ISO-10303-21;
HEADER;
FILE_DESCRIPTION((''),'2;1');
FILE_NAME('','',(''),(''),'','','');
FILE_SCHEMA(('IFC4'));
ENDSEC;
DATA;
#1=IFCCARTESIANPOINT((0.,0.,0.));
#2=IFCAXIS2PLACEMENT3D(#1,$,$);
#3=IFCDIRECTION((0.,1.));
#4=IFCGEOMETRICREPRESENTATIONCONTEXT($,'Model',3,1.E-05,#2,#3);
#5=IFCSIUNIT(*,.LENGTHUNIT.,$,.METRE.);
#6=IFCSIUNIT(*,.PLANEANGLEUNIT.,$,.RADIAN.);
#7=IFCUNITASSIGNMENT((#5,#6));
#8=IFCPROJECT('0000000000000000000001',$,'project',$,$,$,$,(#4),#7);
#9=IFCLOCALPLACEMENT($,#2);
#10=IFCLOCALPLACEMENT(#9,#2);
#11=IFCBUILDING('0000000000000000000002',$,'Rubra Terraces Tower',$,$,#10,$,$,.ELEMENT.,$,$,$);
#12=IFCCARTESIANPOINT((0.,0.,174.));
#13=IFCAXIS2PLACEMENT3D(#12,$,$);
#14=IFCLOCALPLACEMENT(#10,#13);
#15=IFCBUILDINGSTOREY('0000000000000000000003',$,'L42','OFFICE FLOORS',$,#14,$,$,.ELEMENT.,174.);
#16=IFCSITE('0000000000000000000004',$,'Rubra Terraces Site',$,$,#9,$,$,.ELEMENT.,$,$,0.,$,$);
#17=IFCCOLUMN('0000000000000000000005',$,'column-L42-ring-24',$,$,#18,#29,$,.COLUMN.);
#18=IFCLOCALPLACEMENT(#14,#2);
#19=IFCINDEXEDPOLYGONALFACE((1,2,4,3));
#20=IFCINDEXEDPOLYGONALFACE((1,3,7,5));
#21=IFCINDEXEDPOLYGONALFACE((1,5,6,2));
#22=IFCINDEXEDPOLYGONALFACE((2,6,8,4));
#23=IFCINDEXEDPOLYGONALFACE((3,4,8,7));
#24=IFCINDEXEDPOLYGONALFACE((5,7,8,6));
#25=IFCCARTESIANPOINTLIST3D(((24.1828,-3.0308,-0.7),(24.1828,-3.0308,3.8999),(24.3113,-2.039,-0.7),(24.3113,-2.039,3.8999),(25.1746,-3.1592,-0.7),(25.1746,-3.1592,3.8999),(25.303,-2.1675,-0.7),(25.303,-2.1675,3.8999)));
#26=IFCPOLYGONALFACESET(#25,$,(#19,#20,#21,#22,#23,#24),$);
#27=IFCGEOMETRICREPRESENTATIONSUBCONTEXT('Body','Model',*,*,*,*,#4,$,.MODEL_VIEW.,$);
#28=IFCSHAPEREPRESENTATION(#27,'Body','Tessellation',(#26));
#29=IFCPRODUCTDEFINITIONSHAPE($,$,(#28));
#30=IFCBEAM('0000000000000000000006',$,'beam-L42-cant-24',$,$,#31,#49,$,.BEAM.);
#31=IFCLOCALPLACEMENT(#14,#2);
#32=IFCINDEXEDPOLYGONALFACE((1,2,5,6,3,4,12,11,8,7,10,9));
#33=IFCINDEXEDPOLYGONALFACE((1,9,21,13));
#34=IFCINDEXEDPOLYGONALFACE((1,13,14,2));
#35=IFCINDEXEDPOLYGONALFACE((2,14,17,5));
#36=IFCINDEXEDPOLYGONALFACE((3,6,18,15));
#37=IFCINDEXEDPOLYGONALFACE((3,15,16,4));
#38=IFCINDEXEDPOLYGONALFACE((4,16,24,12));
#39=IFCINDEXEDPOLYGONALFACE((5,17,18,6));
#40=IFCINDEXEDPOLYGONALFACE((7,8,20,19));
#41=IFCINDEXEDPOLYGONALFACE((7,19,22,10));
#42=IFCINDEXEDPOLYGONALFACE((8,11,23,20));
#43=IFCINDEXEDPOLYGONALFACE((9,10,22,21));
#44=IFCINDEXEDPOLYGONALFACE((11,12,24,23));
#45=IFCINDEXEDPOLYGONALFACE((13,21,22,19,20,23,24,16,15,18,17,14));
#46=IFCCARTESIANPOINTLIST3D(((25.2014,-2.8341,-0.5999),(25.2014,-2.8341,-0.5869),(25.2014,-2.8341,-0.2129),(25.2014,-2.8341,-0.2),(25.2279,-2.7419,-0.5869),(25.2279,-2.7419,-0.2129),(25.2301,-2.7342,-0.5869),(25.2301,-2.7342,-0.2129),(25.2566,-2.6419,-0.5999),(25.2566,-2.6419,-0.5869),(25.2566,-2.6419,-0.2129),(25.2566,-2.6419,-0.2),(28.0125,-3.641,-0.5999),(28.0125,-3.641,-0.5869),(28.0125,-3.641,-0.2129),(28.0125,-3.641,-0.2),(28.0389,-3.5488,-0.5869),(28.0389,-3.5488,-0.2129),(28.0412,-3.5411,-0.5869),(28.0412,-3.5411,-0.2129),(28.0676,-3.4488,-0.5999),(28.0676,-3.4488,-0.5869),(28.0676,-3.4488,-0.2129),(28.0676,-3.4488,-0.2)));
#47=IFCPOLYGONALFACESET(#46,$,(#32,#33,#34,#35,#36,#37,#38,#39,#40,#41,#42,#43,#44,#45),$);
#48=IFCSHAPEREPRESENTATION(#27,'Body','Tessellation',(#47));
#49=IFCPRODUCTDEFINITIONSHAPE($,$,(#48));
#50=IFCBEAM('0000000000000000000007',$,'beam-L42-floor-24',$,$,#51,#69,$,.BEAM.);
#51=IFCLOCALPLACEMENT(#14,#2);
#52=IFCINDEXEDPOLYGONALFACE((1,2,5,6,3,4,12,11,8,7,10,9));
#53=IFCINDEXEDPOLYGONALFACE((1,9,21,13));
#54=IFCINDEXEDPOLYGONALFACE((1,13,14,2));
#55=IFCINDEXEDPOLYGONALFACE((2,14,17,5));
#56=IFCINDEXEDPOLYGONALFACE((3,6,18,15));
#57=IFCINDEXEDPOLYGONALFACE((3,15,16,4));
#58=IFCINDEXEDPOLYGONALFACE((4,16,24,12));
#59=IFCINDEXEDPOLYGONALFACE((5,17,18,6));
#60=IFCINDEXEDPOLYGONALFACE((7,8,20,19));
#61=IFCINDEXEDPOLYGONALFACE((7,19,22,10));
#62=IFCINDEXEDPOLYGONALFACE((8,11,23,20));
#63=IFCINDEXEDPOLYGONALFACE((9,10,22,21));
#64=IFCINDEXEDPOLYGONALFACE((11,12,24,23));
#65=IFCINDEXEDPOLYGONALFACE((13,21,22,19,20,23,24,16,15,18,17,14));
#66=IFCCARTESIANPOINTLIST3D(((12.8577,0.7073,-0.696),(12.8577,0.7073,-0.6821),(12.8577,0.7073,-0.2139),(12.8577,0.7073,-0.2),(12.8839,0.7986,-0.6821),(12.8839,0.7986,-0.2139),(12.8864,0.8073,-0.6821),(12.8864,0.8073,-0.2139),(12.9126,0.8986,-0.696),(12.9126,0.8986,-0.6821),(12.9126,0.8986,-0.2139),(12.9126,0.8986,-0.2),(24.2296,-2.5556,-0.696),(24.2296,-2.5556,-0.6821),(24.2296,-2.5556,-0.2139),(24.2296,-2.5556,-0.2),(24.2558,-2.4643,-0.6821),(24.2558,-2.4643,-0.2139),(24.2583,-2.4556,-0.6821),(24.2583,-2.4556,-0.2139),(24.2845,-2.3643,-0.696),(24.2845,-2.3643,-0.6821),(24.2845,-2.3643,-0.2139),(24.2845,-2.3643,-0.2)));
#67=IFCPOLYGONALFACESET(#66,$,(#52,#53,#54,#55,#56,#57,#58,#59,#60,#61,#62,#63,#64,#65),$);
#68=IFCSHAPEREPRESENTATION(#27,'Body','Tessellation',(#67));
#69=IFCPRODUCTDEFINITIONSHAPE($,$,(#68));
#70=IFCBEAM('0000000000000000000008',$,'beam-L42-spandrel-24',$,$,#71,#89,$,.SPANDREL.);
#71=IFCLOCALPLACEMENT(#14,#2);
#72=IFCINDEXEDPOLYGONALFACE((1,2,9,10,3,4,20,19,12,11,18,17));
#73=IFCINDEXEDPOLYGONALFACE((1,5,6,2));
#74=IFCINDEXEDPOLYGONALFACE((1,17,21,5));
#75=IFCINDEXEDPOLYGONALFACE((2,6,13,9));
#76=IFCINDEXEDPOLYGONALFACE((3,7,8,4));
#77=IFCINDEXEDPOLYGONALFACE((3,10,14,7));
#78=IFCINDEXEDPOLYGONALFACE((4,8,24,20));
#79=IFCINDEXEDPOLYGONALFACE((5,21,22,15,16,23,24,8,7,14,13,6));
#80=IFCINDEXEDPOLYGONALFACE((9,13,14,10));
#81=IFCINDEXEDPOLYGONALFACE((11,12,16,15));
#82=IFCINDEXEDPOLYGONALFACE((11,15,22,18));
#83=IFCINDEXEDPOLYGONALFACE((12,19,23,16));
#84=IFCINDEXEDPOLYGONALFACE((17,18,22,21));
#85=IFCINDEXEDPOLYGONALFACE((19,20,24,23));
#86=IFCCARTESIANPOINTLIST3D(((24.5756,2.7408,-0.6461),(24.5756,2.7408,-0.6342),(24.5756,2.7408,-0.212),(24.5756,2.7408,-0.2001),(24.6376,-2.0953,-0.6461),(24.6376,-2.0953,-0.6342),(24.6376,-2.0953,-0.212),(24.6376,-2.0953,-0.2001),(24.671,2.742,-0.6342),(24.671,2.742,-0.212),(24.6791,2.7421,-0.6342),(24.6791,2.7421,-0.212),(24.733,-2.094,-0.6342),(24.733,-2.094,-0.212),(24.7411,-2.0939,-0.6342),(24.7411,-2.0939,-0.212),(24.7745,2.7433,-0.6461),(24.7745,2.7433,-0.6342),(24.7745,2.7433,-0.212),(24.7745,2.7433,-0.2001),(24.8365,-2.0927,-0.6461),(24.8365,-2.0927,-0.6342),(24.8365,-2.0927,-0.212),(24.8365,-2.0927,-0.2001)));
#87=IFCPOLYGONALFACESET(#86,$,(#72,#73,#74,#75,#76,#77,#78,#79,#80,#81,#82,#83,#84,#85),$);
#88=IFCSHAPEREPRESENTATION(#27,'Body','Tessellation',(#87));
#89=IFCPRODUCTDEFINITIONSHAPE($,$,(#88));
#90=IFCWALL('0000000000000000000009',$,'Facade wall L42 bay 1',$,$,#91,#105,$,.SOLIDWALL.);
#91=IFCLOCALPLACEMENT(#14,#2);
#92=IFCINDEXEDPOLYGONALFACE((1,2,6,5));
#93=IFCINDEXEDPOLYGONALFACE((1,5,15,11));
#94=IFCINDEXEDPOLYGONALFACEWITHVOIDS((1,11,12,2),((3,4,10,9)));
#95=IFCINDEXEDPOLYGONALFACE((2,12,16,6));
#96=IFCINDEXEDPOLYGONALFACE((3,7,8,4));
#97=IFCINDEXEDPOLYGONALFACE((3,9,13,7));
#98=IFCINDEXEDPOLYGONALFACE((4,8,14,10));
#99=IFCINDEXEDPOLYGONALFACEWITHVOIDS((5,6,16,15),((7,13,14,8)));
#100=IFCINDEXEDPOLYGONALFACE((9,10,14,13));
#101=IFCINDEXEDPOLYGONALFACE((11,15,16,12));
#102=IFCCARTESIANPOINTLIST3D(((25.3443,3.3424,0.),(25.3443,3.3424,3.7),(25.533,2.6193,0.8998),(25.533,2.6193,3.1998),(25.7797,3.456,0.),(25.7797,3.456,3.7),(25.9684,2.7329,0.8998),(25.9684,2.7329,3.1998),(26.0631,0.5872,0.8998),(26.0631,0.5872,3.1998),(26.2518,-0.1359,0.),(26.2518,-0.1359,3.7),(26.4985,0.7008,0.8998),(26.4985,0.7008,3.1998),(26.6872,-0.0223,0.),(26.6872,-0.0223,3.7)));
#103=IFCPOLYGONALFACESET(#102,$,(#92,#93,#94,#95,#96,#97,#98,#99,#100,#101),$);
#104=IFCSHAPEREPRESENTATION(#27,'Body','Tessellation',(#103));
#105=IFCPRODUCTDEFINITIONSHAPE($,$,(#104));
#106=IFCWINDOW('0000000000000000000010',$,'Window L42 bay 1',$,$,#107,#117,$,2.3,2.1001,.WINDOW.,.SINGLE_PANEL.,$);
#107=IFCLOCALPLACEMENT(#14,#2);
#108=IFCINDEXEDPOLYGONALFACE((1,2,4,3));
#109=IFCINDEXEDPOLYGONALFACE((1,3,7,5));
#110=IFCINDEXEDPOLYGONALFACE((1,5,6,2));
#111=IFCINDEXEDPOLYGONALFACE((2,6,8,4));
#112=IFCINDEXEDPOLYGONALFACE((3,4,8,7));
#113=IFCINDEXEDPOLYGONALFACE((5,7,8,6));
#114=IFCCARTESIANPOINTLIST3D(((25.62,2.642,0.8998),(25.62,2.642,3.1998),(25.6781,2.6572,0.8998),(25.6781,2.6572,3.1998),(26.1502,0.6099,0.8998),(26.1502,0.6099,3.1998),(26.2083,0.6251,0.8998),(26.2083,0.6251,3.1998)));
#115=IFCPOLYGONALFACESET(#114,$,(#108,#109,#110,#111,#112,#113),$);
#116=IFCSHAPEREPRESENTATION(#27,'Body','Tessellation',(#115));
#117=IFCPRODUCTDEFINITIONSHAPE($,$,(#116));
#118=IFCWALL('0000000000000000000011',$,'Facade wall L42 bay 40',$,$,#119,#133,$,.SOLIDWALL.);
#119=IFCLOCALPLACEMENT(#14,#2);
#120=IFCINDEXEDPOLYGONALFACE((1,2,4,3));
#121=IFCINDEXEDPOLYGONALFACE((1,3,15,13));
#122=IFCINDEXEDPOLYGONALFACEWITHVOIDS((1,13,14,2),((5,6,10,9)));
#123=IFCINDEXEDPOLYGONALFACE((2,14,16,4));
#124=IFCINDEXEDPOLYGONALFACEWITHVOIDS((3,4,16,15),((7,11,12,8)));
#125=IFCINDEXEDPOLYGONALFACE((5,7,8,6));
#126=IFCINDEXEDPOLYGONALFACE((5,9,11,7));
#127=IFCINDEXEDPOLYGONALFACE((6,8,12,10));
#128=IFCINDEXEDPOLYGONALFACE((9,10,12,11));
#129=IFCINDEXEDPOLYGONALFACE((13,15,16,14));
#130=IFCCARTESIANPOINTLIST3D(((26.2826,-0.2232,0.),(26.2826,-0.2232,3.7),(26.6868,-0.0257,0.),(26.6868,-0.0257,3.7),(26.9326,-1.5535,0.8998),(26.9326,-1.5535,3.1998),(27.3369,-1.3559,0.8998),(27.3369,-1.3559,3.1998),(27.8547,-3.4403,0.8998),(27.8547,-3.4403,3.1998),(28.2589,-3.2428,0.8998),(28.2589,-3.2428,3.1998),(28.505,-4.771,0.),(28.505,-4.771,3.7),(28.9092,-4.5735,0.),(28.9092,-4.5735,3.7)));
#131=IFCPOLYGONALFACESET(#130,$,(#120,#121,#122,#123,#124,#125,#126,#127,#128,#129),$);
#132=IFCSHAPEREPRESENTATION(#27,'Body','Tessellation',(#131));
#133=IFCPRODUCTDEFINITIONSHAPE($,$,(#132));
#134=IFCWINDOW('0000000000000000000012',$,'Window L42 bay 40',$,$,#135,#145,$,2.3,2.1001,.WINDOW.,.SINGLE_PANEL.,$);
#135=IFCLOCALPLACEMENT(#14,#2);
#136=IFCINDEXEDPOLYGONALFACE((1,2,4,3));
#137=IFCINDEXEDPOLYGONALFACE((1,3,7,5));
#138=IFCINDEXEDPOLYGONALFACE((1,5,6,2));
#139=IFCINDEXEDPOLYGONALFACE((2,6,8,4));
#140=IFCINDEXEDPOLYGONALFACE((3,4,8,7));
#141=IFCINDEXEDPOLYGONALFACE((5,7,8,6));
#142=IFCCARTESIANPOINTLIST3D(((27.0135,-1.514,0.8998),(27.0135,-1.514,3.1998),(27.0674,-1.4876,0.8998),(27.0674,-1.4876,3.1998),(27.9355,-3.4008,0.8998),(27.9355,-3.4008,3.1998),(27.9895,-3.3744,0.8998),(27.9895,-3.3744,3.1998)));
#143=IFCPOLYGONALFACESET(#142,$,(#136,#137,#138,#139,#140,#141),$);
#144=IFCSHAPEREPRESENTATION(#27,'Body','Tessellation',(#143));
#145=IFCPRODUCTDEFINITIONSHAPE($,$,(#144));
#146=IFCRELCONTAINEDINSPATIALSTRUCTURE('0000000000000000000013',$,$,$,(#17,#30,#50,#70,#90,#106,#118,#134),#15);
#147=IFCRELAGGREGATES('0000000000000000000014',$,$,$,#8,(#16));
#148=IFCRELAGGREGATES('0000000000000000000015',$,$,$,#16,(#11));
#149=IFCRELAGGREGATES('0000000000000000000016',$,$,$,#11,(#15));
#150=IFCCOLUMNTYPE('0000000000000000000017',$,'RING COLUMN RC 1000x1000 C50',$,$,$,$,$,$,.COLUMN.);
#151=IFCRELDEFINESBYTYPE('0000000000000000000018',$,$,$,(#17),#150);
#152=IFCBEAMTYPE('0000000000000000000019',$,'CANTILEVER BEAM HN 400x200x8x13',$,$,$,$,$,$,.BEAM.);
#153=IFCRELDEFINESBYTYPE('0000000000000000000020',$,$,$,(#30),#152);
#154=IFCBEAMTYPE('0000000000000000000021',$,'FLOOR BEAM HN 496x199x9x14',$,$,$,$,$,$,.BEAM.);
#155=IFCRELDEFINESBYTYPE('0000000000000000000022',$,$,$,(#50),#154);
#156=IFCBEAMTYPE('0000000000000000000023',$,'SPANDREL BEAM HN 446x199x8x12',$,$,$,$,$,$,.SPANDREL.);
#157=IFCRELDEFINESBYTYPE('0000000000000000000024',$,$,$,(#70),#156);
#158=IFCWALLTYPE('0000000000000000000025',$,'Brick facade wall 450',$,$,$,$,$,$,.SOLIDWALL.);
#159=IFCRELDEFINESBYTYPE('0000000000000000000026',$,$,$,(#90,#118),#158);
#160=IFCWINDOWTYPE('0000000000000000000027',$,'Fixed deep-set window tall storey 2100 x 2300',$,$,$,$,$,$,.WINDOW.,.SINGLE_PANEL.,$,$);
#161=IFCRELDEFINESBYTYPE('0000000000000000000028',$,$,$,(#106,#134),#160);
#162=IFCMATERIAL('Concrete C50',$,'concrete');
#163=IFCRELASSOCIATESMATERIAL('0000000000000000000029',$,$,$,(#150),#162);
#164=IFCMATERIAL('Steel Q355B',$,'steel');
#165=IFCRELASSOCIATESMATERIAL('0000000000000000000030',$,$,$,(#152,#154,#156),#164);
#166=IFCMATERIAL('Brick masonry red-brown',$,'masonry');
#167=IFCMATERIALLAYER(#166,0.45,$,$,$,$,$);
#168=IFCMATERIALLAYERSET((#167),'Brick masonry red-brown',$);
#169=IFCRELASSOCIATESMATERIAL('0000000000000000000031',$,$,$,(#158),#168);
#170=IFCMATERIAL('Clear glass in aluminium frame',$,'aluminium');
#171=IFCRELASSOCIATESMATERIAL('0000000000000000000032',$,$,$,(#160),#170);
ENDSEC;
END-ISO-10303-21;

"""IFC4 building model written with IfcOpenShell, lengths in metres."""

from ifc_helpers import new_model, si_unit, direction, frame, frame_2d, origin, origin_2d, place, context, subcontext, project, spatial, rectangle, i_section, extrude, material, layer, layer_set, material_profile, profile_set, type_object, element, fill, save


model = new_model("IFC4")

# Units and contexts
model_context = context("Model", 3, precision=1e-05, world=origin(), true_north=direction((0.0, 1.0)))
body_context = subcontext(model_context, "Body", "Model", "MODEL_VIEW")
ifc_project = project(units=[si_unit("LENGTHUNIT", "METRE"), si_unit("PLANEANGLEUNIT", "RADIAN")], contexts=[model_context])

# Site, building, storey
site_placement = place(None, origin())
site = spatial("IfcSite", under=ifc_project, at=site_placement, Name="Rubra Terraces Site", CompositionType="ELEMENT", RefElevation=0.0)
building_placement = place(site_placement, origin())
building = spatial("IfcBuilding", under=site, at=building_placement, Name="Rubra Terraces Tower", CompositionType="ELEMENT")
storey_placement = place(building_placement, frame((0.0, 0.0, 174.0)))
storey = spatial("IfcBuildingStorey", under=building, at=storey_placement, Name="L42", Description="OFFICE FLOORS", CompositionType="ELEMENT", Elevation=174.0)

# Column
ifc_material_1 = material(Name="Concrete C50", Category="concrete")
ifc_material_profile_1 = material_profile(ifc_material_1, rectangle(XDim=1.0, YDim=1.0, at=origin_2d()), Name="RC 1000x1000")
ifc_profile_set_1 = profile_set([ifc_material_profile_1], Name="Concrete C50")
column_type = type_object("IfcColumnType", Name="RING COLUMN RC 1000x1000 C50", PredefinedType="COLUMN", material=ifc_profile_set_1)
column_placement = place(storey_placement, frame((24.7429, -2.5991, -0.7), z_axis=(0.0, 0.0, 1.0), x_axis=(0.128444, 0.991717, 0.0)))
element("IfcColumn", 1, at=column_placement, inside=storey, type_object=column_type, Name="column-L42-ring-24", PredefinedType="COLUMN", context=body_context, shape_type="SweptSolid", body=[
    extrude(rectangle(XDim=1.0, YDim=1.0, at=origin_2d()), origin(), (0.0, 0.0, 1.0), 4.5999),
])

# Beams
ifc_material_2 = material(Name="Steel Q355B", Category="steel")
ifc_material_profile_2 = material_profile(ifc_material_2, i_section(OverallWidth=0.2, OverallDepth=0.3999, WebThickness=0.0081, FlangeThickness=0.0129, at=origin_2d()), Name="HN 400x200x8x13")
ifc_profile_set_2 = profile_set([ifc_material_profile_2], Name="Steel Q355B")
beam_type_1 = type_object("IfcBeamType", Name="CANTILEVER BEAM HN 400x200x8x13", PredefinedType="BEAM", material=ifc_profile_set_2)
beam_1_placement = place(storey_placement, frame((25.229, -2.738, -0.3999), z_axis=(0.961186, -0.275901, 0.0), x_axis=(0.275901, 0.961186, 0.0)))
element("IfcBeam", 2, at=beam_1_placement, inside=storey, type_object=beam_type_1, Name="beam-L42-cant-24", PredefinedType="BEAM", context=body_context, shape_type="SweptSolid", body=[
    extrude(i_section(OverallWidth=0.2, OverallDepth=0.3999, WebThickness=0.0081, FlangeThickness=0.0129, at=origin_2d()), origin(), (0.0, 0.0, 1.0), 2.9246),
])
ifc_material_profile_3 = material_profile(ifc_material_2, i_section(OverallWidth=0.199, OverallDepth=0.4961, WebThickness=0.009, FlangeThickness=0.0139, at=origin_2d()), Name="HN 496x199x9x14")
ifc_profile_set_3 = profile_set([ifc_material_profile_3], Name="Steel Q355B")
beam_type_2 = type_object("IfcBeamType", Name="FLOOR BEAM HN 496x199x9x14", PredefinedType="BEAM", material=ifc_profile_set_3)
beam_2_placement = place(storey_placement, frame((24.2571, -2.46, -0.448), z_axis=(-0.961216, 0.275798, 0.0), x_axis=(-0.275798, -0.961216, 0.0)))
element("IfcBeam", 3, at=beam_2_placement, inside=storey, type_object=beam_type_2, Name="beam-L42-floor-24", PredefinedType="BEAM", context=body_context, shape_type="SweptSolid", body=[
    extrude(i_section(OverallWidth=0.199, OverallDepth=0.4961, WebThickness=0.009, FlangeThickness=0.0139, at=origin_2d()), origin(), (0.0, 0.0, 1.0), 11.8308),
])
ifc_material_profile_4 = material_profile(ifc_material_2, i_section(OverallWidth=0.199, OverallDepth=0.446, WebThickness=0.0081, FlangeThickness=0.012, at=origin_2d()), Name="HN 446x199x8x12")
ifc_profile_set_4 = profile_set([ifc_material_profile_4], Name="Steel Q355B")
beam_type_3 = type_object("IfcBeamType", Name="SPANDREL BEAM HN 446x199x8x12", PredefinedType="SPANDREL", material=ifc_profile_set_4)
beam_3_placement = place(storey_placement, frame((24.7371, -2.094, -0.4231), z_axis=(-0.012822, 0.999918, 0.0), x_axis=(-0.999918, -0.012822, 0.0)))
element("IfcBeam", 4, at=beam_3_placement, inside=storey, type_object=beam_type_3, Name="beam-L42-spandrel-24", PredefinedType="SPANDREL", context=body_context, shape_type="SweptSolid", body=[
    extrude(i_section(OverallWidth=0.199, OverallDepth=0.446, WebThickness=0.0081, FlangeThickness=0.012, at=origin_2d()), origin(), (0.0, 0.0, 1.0), 4.8364),
])

# Walls, openings, windows
ifc_material_3 = material(Name="Brick masonry red-brown", Category="masonry")
ifc_layer_1 = layer(ifc_material_3, 0.45)
ifc_layer_set_1 = layer_set([ifc_layer_1], Name="Brick masonry red-brown")
wall_type_1 = type_object("IfcWallType", Name="Brick facade wall 450", PredefinedType="SOLIDWALL", material=ifc_layer_set_1)
wall_1_placement = place(storey_placement, frame((26.4695, -0.0791, 0.0), z_axis=(0.0, 0.0, 1.0), x_axis=(-0.252447, 0.967611, 0.0)))
wall_1 = element("IfcWall", 5, at=wall_1_placement, inside=storey, type_object=wall_type_1, Name="Facade wall L42 bay 1", PredefinedType="SOLIDWALL", context=body_context, shape_type="SweptSolid", body=[
    extrude(rectangle(XDim=3.5947, YDim=0.45, at=frame_2d((1.7974, 0.0))), origin(), (0.0, 0.0, 1.0), 3.7),
])
opening_1_placement = place(wall_1_placement, frame((0.7473, 0.0, 0.8999)))
opening_1 = element("IfcOpeningElement", 6, at=opening_1_placement, cuts=wall_1, PredefinedType="OPENING", context=body_context, shape_type="SweptSolid", body=[
    extrude(rectangle(XDim=2.1001, YDim=2.3, at=frame_2d((1.05, 1.1499))), frame((0.0, 0.2349, 0.0), z_axis=(0.0, -1.0, 0.0), x_axis=(1.0, 0.0, 0.0)), (0.0, 0.0, 1.0), 0.47),
])
ifc_material_4 = material(Name="Clear glass in aluminium frame", Category="aluminium")
window_type = type_object("IfcWindowType", Name="Fixed deep-set window tall storey 2100 x 2300", PartitioningType="SINGLE_PANEL", PredefinedType="WINDOW", material=ifc_material_4)
window_1_placement = place(opening_1_placement, origin())
window_1 = element("IfcWindow", 7, at=window_1_placement, inside=storey, type_object=window_type, Name="Window L42 bay 1", OverallHeight=2.3, OverallWidth=2.1001, PartitioningType="SINGLE_PANEL", PredefinedType="WINDOW", context=body_context, shape_type="SweptSolid", body=[
    extrude(rectangle(XDim=2.1001, YDim=2.3, at=frame_2d((1.05, 1.1499))), frame((0.0, 0.135, 0.0), z_axis=(0.0, -1.0, 0.0), x_axis=(1.0, 0.0, 0.0)), (0.0, 0.0, 1.0), 0.0601),
])
fill(opening_1, window_1)
wall_2_placement = place(storey_placement, frame((28.707, -4.6721, 0.0), z_axis=(0.0, 0.0, 1.0), x_axis=(-0.439054, 0.898461, 0.0)))
wall_2 = element("IfcWall", 8, at=wall_2_placement, inside=storey, type_object=wall_type_1, Name="Facade wall L42 bay 40", PredefinedType="SOLIDWALL", context=body_context, shape_type="SweptSolid", body=[
    extrude(rectangle(XDim=5.0618, YDim=0.45, at=frame_2d((2.5308, 0.0))), origin(), (0.0, 0.0, 1.0), 3.7),
])
opening_2_placement = place(wall_2_placement, frame((1.481, 0.0, 0.8999)))
opening_2 = element("IfcOpeningElement", 9, at=opening_2_placement, cuts=wall_2, PredefinedType="OPENING", context=body_context, shape_type="SweptSolid", body=[
    extrude(rectangle(XDim=2.1001, YDim=2.3, at=frame_2d((1.05, 1.1499))), frame((0.0, 0.2349, 0.0), z_axis=(0.0, -1.0, 0.0), x_axis=(1.0, 0.0, 0.0)), (0.0, 0.0, 1.0), 0.47),
])
window_2_placement = place(opening_2_placement, origin())
window_2 = element("IfcWindow", 10, at=window_2_placement, inside=storey, type_object=window_type, Name="Window L42 bay 40", OverallHeight=2.3, OverallWidth=2.1001, PartitioningType="SINGLE_PANEL", PredefinedType="WINDOW", context=body_context, shape_type="SweptSolid", body=[
    extrude(rectangle(XDim=2.1001, YDim=2.3, at=frame_2d((1.05, 1.1499))), frame((0.0, 0.135, 0.0), z_axis=(0.0, -1.0, 0.0), x_axis=(1.0, 0.0, 0.0)), (0.0, 0.0, 1.0), 0.0601),
])
fill(opening_2, window_2)

save(model, "model.ifc")
